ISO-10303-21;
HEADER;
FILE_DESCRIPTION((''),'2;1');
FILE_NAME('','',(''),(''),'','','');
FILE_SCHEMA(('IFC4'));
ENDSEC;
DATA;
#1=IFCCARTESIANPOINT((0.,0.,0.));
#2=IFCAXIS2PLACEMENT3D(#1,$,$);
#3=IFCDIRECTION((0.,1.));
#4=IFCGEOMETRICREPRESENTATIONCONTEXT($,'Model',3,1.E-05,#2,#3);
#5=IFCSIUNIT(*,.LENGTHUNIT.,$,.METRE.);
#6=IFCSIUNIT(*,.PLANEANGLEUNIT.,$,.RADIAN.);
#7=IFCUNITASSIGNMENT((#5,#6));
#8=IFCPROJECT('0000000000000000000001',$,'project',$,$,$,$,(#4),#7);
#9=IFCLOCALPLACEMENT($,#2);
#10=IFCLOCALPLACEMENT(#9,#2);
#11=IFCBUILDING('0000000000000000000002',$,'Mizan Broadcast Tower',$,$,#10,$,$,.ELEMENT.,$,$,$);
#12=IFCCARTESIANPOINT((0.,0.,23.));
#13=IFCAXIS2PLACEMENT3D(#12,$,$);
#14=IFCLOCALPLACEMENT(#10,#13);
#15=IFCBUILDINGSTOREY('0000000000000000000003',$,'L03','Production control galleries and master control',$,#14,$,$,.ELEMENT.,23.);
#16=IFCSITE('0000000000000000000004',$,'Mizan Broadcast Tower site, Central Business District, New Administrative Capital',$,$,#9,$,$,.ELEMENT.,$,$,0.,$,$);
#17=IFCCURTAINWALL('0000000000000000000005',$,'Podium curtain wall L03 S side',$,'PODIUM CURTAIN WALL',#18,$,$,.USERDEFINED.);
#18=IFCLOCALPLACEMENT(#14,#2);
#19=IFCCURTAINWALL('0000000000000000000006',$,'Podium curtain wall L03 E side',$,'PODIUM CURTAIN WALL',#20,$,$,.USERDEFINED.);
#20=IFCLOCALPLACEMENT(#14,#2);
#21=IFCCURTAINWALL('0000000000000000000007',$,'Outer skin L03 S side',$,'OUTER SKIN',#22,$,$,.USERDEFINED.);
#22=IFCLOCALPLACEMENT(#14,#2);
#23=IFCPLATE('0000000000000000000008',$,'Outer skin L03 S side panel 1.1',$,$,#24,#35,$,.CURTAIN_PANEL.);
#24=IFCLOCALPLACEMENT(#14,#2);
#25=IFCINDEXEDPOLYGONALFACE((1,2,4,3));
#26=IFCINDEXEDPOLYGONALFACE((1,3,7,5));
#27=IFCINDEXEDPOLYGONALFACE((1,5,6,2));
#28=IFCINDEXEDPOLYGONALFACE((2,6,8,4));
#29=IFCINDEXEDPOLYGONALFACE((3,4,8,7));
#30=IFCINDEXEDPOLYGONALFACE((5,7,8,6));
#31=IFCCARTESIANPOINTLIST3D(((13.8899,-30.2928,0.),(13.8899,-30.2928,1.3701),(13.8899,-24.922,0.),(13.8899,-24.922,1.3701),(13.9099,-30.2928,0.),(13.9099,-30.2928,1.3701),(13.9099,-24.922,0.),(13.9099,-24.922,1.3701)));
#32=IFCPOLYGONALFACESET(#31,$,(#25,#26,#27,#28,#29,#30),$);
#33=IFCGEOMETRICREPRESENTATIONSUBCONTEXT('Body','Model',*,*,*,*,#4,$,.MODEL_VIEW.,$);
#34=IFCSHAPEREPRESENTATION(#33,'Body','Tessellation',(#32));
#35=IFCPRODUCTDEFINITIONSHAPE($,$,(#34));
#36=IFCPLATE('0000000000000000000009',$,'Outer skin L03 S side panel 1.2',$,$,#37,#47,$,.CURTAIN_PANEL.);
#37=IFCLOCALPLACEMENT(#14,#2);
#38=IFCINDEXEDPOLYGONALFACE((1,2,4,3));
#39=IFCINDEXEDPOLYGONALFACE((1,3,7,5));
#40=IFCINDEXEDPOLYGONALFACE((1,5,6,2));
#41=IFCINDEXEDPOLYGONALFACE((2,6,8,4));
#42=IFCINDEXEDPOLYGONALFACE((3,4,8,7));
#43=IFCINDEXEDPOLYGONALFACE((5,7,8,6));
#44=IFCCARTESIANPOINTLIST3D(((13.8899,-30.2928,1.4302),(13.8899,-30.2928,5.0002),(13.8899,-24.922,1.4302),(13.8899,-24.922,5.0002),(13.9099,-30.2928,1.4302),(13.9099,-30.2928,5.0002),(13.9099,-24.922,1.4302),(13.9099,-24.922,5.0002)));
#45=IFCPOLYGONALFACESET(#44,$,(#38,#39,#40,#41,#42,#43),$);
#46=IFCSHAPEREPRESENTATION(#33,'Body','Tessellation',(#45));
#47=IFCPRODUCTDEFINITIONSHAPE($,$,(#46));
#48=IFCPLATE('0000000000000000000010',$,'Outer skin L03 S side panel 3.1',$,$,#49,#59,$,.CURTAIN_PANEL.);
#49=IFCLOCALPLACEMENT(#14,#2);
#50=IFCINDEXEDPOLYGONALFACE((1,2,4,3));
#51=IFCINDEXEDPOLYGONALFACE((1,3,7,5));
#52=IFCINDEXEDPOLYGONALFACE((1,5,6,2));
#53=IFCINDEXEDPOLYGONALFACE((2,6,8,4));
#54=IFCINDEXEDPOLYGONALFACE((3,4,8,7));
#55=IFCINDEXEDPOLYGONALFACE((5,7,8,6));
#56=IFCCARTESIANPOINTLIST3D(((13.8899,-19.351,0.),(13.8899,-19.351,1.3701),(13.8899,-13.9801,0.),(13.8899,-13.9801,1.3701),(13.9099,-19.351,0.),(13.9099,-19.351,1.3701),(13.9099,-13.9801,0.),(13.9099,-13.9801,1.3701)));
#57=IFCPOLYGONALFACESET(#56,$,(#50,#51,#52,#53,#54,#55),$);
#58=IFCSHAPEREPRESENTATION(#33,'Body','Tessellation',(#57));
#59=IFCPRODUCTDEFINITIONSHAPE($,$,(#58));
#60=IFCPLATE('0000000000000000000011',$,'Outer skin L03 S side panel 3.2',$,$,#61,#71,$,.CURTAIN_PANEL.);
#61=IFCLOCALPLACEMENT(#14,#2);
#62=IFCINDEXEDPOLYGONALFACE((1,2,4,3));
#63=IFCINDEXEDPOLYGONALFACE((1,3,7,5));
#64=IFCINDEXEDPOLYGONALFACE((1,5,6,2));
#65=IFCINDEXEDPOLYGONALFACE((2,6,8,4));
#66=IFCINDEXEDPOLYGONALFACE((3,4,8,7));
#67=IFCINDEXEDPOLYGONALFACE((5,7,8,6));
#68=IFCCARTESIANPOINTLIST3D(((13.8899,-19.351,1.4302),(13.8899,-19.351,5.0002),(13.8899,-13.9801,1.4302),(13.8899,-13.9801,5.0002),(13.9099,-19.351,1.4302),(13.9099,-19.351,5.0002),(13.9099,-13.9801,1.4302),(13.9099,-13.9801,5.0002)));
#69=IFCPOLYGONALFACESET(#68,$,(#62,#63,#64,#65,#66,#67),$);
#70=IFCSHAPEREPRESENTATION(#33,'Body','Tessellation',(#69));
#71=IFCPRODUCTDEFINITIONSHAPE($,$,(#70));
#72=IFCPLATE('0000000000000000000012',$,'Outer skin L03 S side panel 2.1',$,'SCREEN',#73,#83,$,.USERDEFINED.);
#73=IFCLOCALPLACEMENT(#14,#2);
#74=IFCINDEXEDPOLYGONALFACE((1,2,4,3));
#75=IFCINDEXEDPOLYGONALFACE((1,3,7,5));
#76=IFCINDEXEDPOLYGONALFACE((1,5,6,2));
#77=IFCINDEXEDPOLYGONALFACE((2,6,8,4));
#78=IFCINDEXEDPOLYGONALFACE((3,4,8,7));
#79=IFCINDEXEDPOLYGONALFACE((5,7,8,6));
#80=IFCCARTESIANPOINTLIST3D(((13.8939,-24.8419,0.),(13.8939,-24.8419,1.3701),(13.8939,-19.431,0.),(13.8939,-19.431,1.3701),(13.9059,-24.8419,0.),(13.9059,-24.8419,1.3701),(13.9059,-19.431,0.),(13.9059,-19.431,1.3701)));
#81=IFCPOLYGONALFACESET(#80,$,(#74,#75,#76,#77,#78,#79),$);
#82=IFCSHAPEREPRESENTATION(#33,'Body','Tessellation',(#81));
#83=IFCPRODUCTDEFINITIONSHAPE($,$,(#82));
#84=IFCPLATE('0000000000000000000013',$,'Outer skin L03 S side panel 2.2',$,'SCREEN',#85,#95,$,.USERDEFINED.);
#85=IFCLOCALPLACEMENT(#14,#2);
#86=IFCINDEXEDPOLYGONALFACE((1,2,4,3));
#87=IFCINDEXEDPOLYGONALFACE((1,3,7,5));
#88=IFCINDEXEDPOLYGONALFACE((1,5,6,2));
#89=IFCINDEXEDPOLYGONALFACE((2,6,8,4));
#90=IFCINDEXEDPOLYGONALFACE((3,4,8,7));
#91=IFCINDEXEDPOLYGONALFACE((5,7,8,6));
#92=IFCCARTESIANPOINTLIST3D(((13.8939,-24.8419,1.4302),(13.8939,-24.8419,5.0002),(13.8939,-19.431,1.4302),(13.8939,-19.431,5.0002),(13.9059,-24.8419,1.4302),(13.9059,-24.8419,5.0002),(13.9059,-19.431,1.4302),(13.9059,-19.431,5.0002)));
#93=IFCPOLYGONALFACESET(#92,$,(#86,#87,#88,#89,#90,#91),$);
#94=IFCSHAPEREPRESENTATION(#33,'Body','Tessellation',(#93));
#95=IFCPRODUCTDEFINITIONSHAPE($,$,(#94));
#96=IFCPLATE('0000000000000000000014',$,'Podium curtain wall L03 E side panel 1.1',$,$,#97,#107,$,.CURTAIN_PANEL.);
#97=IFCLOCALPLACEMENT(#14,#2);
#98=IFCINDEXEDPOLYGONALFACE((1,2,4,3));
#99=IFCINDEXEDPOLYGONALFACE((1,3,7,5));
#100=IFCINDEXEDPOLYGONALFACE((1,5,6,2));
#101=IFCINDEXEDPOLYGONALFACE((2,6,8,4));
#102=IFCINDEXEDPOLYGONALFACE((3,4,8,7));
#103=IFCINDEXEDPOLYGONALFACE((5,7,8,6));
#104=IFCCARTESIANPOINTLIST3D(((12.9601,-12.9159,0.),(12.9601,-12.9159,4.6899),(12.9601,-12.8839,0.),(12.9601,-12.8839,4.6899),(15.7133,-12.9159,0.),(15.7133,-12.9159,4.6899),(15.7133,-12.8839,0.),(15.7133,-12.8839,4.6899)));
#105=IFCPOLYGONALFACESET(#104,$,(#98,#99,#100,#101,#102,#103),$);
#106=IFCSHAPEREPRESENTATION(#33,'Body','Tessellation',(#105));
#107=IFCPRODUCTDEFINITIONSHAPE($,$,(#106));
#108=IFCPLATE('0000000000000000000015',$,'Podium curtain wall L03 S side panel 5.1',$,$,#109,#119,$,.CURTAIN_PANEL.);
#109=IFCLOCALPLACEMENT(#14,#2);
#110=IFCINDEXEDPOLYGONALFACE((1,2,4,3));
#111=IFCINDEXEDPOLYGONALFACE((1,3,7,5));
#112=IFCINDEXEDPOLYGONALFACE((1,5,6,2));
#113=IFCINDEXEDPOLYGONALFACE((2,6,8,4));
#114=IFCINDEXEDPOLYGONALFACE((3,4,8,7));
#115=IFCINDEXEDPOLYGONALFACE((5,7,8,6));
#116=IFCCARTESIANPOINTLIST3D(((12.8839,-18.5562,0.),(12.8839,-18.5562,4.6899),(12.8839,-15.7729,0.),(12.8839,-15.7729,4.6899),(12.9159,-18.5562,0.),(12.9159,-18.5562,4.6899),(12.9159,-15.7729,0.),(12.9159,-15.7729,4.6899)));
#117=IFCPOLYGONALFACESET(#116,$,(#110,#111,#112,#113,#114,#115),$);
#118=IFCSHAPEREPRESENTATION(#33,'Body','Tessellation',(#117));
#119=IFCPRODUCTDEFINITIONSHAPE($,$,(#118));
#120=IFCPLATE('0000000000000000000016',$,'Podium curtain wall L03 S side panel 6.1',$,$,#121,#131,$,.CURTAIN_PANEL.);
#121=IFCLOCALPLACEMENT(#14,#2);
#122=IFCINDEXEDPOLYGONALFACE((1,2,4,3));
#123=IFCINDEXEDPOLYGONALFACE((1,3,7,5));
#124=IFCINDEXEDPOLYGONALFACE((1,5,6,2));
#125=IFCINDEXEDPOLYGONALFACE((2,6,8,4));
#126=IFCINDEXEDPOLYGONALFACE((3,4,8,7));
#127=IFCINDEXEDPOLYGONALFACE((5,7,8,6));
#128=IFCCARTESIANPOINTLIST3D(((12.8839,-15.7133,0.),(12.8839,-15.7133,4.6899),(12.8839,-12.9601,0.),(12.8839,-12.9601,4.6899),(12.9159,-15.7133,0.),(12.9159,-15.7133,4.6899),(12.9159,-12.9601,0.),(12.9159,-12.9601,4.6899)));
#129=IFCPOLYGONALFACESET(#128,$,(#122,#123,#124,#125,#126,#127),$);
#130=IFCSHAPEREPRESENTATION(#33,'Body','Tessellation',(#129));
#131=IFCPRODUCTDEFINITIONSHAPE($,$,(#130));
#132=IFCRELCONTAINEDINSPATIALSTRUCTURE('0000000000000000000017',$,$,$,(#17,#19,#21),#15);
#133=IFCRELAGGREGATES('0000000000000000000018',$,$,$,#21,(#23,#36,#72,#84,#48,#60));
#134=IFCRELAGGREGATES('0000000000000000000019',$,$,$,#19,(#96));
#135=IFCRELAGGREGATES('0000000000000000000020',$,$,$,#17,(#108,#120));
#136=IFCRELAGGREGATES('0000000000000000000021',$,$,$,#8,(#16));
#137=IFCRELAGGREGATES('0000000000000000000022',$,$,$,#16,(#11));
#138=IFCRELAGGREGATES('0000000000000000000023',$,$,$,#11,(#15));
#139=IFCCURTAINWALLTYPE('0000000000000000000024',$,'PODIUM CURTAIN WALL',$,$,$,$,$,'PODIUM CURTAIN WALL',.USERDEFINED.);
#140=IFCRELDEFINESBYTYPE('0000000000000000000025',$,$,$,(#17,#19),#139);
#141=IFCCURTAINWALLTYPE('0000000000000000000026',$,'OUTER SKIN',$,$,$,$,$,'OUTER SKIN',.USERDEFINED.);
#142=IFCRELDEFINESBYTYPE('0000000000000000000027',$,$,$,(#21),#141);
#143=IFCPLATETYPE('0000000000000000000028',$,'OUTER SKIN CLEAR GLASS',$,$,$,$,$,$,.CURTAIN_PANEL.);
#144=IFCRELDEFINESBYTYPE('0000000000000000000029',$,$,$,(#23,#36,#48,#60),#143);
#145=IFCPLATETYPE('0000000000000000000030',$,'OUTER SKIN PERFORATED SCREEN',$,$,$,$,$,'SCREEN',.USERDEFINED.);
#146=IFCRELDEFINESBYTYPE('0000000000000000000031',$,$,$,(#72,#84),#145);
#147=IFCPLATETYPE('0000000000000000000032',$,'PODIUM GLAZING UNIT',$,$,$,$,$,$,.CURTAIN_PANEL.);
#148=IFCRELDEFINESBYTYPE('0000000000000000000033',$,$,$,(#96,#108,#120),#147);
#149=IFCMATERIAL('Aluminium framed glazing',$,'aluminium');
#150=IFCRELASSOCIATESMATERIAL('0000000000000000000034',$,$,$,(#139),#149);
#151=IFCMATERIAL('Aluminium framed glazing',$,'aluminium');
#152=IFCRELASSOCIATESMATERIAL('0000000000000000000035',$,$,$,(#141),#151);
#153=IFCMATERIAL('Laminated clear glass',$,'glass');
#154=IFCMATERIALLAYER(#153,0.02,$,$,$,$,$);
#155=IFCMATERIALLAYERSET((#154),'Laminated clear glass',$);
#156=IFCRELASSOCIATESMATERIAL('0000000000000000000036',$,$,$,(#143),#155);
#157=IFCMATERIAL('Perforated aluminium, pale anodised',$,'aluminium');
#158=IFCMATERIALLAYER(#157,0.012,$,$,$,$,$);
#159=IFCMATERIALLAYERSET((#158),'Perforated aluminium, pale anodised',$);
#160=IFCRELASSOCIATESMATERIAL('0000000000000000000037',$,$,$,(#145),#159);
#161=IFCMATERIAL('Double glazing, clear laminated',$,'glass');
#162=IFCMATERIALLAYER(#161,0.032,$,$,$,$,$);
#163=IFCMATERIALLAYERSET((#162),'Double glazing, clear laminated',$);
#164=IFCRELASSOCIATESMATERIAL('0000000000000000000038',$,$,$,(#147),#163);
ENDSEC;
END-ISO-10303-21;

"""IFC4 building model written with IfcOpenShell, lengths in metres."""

from ifc_helpers import new_model, si_unit, direction, frame, origin, origin_2d, place, context, subcontext, project, spatial, rectangle, extrude, material, layer, layer_set, type_object, element, aggregate, save


model = new_model("IFC4")

# Units and contexts
model_context = context("Model", 3, precision=1e-05, world=origin(), true_north=direction((0.0, 1.0)))
body_context = subcontext(model_context, "Body", "Model", "MODEL_VIEW")
ifc_project = project(units=[si_unit("LENGTHUNIT", "METRE"), si_unit("PLANEANGLEUNIT", "RADIAN")], contexts=[model_context])

# Site, building, storey
site_placement = place(None, origin())
site = spatial("IfcSite", under=ifc_project, at=site_placement, Name="Mizan Broadcast Tower site, Central Business District, New Administrative Capital", CompositionType="ELEMENT", RefElevation=0.0)
building_placement = place(site_placement, origin())
building = spatial("IfcBuilding", under=site, at=building_placement, Name="Mizan Broadcast Tower", CompositionType="ELEMENT")
storey_placement = place(building_placement, frame((0.0, 0.0, 23.0)))
storey = spatial("IfcBuildingStorey", under=building, at=storey_placement, Name="L03", Description="Production control galleries and master control", CompositionType="ELEMENT", Elevation=23.0)

# Curtain wall
ifc_material_1 = material(Name="Aluminium framed glazing", Category="aluminium")
curtain_wall_type_1 = type_object("IfcCurtainWallType", Name="PODIUM CURTAIN WALL", ElementType="PODIUM CURTAIN WALL", PredefinedType="USERDEFINED", material=ifc_material_1)
curtain_wall_1_placement = place(storey_placement, origin())
curtain_wall_1 = element("IfcCurtainWall", 1, at=curtain_wall_1_placement, inside=storey, type_object=curtain_wall_type_1, Name="Podium curtain wall L03 S side", ObjectType="PODIUM CURTAIN WALL", PredefinedType="USERDEFINED")

# Curtain wall
curtain_wall_2_placement = place(storey_placement, origin())
curtain_wall_2 = element("IfcCurtainWall", 2, at=curtain_wall_2_placement, inside=storey, type_object=curtain_wall_type_1, Name="Podium curtain wall L03 E side", ObjectType="PODIUM CURTAIN WALL", PredefinedType="USERDEFINED")

# Shared definitions
ifc_material_2 = material(Name="Aluminium framed glazing", Category="aluminium")
curtain_wall_type_2 = type_object("IfcCurtainWallType", Name="OUTER SKIN", ElementType="OUTER SKIN", PredefinedType="USERDEFINED", material=ifc_material_2)

# Curtain wall
curtain_wall_3_placement = place(storey_placement, origin())
curtain_wall_3 = element("IfcCurtainWall", 3, at=curtain_wall_3_placement, inside=storey, type_object=curtain_wall_type_2, Name="Outer skin L03 S side", ObjectType="OUTER SKIN", PredefinedType="USERDEFINED")

# Plates
ifc_material_3 = material(Name="Laminated clear glass", Category="glass")
ifc_layer_1 = layer(ifc_material_3, 0.02)
ifc_layer_set_1 = layer_set([ifc_layer_1], Name="Laminated clear glass")
plate_type_1 = type_object("IfcPlateType", Name="OUTER SKIN CLEAR GLASS", PredefinedType="CURTAIN_PANEL", material=ifc_layer_set_1)
plate_1_placement = place(storey_placement, frame((13.8999, -27.6074, 0.0), z_axis=(0.0, 0.0, 1.0), x_axis=(0.0, 1.0, 0.0)))
plate_1 = element("IfcPlate", 4, at=plate_1_placement, type_object=plate_type_1, Name="Outer skin L03 S side panel 1.1", PredefinedType="CURTAIN_PANEL", context=body_context, shape_type="SweptSolid", body=[
    extrude(rectangle(XDim=5.3708, YDim=0.02, at=origin_2d()), origin(), (0.0, 0.0, 1.0), 1.3701),
])
plate_2_placement = place(storey_placement, frame((13.8999, -27.6074, 1.4302), z_axis=(0.0, 0.0, 1.0), x_axis=(0.0, 1.0, 0.0)))
plate_2 = element("IfcPlate", 5, at=plate_2_placement, type_object=plate_type_1, Name="Outer skin L03 S side panel 1.2", PredefinedType="CURTAIN_PANEL", context=body_context, shape_type="SweptSolid", body=[
    extrude(rectangle(XDim=5.3708, YDim=0.02, at=origin_2d()), origin(), (0.0, 0.0, 1.0), 3.5701),
])
plate_3_placement = place(storey_placement, frame((13.8999, -16.6655, 0.0), z_axis=(0.0, 0.0, 1.0), x_axis=(0.0, 1.0, 0.0)))
plate_3 = element("IfcPlate", 6, at=plate_3_placement, type_object=plate_type_1, Name="Outer skin L03 S side panel 3.1", PredefinedType="CURTAIN_PANEL", context=body_context, shape_type="SweptSolid", body=[
    extrude(rectangle(XDim=5.3708, YDim=0.02, at=origin_2d()), origin(), (0.0, 0.0, 1.0), 1.3701),
])
plate_4_placement = place(storey_placement, frame((13.8999, -16.6655, 1.4302), z_axis=(0.0, 0.0, 1.0), x_axis=(0.0, 1.0, 0.0)))
plate_4 = element("IfcPlate", 7, at=plate_4_placement, type_object=plate_type_1, Name="Outer skin L03 S side panel 3.2", PredefinedType="CURTAIN_PANEL", context=body_context, shape_type="SweptSolid", body=[
    extrude(rectangle(XDim=5.3708, YDim=0.02, at=origin_2d()), origin(), (0.0, 0.0, 1.0), 3.5701),
])
ifc_material_4 = material(Name="Perforated aluminium, pale anodised", Category="aluminium")
ifc_layer_2 = layer(ifc_material_4, 0.012)
ifc_layer_set_2 = layer_set([ifc_layer_2], Name="Perforated aluminium, pale anodised")
plate_type_2 = type_object("IfcPlateType", Name="OUTER SKIN PERFORATED SCREEN", ElementType="SCREEN", PredefinedType="USERDEFINED", material=ifc_layer_set_2)
plate_5_placement = place(storey_placement, frame((13.8999, -22.1365, 0.0), z_axis=(0.0, 0.0, 1.0), x_axis=(0.0, 1.0, 0.0)))
plate_5 = element("IfcPlate", 8, at=plate_5_placement, type_object=plate_type_2, Name="Outer skin L03 S side panel 2.1", ObjectType="SCREEN", PredefinedType="USERDEFINED", context=body_context, shape_type="SweptSolid", body=[
    extrude(rectangle(XDim=5.4109, YDim=0.012, at=origin_2d()), origin(), (0.0, 0.0, 1.0), 1.3701),
])
plate_6_placement = place(storey_placement, frame((13.8999, -22.1365, 1.4302), z_axis=(0.0, 0.0, 1.0), x_axis=(0.0, 1.0, 0.0)))
plate_6 = element("IfcPlate", 9, at=plate_6_placement, type_object=plate_type_2, Name="Outer skin L03 S side panel 2.2", ObjectType="SCREEN", PredefinedType="USERDEFINED", context=body_context, shape_type="SweptSolid", body=[
    extrude(rectangle(XDim=5.4109, YDim=0.012, at=origin_2d()), origin(), (0.0, 0.0, 1.0), 3.5701),
])
aggregate(curtain_wall_3, [plate_1, plate_2, plate_5, plate_6, plate_3, plate_4])
ifc_material_5 = material(Name="Double glazing, clear laminated", Category="glass")
ifc_layer_3 = layer(ifc_material_5, 0.032)
ifc_layer_set_3 = layer_set([ifc_layer_3], Name="Double glazing, clear laminated")
plate_type_3 = type_object("IfcPlateType", Name="PODIUM GLAZING UNIT", PredefinedType="CURTAIN_PANEL", material=ifc_layer_set_3)
plate_7_placement = place(storey_placement, frame((14.3367, -12.8999, 0.0), z_axis=(0.0, 0.0, 1.0), x_axis=(1.0, 0.0, 0.0)))
plate_7 = element("IfcPlate", 10, at=plate_7_placement, type_object=plate_type_3, Name="Podium curtain wall L03 E side panel 1.1", PredefinedType="CURTAIN_PANEL", context=body_context, shape_type="SweptSolid", body=[
    extrude(rectangle(XDim=2.7532, YDim=0.032, at=origin_2d()), origin(), (0.0, 0.0, 1.0), 4.6899),
])
aggregate(curtain_wall_2, [plate_7])
plate_8_placement = place(storey_placement, frame((12.8999, -17.1646, 0.0), z_axis=(0.0, 0.0, 1.0), x_axis=(0.0, 1.0, 0.0)))
plate_8 = element("IfcPlate", 11, at=plate_8_placement, type_object=plate_type_3, Name="Podium curtain wall L03 S side panel 5.1", PredefinedType="CURTAIN_PANEL", context=body_context, shape_type="SweptSolid", body=[
    extrude(rectangle(XDim=2.7832, YDim=0.032, at=origin_2d()), origin(), (0.0, 0.0, 1.0), 4.6899),
])
plate_9_placement = place(storey_placement, frame((12.8999, -14.3367, 0.0), z_axis=(0.0, 0.0, 1.0), x_axis=(0.0, 1.0, 0.0)))
plate_9 = element("IfcPlate", 12, at=plate_9_placement, type_object=plate_type_3, Name="Podium curtain wall L03 S side panel 6.1", PredefinedType="CURTAIN_PANEL", context=body_context, shape_type="SweptSolid", body=[
    extrude(rectangle(XDim=2.7532, YDim=0.032, at=origin_2d()), origin(), (0.0, 0.0, 1.0), 4.6899),
])
aggregate(curtain_wall_1, [plate_8, plate_9])

save(model, "model.ifc")
